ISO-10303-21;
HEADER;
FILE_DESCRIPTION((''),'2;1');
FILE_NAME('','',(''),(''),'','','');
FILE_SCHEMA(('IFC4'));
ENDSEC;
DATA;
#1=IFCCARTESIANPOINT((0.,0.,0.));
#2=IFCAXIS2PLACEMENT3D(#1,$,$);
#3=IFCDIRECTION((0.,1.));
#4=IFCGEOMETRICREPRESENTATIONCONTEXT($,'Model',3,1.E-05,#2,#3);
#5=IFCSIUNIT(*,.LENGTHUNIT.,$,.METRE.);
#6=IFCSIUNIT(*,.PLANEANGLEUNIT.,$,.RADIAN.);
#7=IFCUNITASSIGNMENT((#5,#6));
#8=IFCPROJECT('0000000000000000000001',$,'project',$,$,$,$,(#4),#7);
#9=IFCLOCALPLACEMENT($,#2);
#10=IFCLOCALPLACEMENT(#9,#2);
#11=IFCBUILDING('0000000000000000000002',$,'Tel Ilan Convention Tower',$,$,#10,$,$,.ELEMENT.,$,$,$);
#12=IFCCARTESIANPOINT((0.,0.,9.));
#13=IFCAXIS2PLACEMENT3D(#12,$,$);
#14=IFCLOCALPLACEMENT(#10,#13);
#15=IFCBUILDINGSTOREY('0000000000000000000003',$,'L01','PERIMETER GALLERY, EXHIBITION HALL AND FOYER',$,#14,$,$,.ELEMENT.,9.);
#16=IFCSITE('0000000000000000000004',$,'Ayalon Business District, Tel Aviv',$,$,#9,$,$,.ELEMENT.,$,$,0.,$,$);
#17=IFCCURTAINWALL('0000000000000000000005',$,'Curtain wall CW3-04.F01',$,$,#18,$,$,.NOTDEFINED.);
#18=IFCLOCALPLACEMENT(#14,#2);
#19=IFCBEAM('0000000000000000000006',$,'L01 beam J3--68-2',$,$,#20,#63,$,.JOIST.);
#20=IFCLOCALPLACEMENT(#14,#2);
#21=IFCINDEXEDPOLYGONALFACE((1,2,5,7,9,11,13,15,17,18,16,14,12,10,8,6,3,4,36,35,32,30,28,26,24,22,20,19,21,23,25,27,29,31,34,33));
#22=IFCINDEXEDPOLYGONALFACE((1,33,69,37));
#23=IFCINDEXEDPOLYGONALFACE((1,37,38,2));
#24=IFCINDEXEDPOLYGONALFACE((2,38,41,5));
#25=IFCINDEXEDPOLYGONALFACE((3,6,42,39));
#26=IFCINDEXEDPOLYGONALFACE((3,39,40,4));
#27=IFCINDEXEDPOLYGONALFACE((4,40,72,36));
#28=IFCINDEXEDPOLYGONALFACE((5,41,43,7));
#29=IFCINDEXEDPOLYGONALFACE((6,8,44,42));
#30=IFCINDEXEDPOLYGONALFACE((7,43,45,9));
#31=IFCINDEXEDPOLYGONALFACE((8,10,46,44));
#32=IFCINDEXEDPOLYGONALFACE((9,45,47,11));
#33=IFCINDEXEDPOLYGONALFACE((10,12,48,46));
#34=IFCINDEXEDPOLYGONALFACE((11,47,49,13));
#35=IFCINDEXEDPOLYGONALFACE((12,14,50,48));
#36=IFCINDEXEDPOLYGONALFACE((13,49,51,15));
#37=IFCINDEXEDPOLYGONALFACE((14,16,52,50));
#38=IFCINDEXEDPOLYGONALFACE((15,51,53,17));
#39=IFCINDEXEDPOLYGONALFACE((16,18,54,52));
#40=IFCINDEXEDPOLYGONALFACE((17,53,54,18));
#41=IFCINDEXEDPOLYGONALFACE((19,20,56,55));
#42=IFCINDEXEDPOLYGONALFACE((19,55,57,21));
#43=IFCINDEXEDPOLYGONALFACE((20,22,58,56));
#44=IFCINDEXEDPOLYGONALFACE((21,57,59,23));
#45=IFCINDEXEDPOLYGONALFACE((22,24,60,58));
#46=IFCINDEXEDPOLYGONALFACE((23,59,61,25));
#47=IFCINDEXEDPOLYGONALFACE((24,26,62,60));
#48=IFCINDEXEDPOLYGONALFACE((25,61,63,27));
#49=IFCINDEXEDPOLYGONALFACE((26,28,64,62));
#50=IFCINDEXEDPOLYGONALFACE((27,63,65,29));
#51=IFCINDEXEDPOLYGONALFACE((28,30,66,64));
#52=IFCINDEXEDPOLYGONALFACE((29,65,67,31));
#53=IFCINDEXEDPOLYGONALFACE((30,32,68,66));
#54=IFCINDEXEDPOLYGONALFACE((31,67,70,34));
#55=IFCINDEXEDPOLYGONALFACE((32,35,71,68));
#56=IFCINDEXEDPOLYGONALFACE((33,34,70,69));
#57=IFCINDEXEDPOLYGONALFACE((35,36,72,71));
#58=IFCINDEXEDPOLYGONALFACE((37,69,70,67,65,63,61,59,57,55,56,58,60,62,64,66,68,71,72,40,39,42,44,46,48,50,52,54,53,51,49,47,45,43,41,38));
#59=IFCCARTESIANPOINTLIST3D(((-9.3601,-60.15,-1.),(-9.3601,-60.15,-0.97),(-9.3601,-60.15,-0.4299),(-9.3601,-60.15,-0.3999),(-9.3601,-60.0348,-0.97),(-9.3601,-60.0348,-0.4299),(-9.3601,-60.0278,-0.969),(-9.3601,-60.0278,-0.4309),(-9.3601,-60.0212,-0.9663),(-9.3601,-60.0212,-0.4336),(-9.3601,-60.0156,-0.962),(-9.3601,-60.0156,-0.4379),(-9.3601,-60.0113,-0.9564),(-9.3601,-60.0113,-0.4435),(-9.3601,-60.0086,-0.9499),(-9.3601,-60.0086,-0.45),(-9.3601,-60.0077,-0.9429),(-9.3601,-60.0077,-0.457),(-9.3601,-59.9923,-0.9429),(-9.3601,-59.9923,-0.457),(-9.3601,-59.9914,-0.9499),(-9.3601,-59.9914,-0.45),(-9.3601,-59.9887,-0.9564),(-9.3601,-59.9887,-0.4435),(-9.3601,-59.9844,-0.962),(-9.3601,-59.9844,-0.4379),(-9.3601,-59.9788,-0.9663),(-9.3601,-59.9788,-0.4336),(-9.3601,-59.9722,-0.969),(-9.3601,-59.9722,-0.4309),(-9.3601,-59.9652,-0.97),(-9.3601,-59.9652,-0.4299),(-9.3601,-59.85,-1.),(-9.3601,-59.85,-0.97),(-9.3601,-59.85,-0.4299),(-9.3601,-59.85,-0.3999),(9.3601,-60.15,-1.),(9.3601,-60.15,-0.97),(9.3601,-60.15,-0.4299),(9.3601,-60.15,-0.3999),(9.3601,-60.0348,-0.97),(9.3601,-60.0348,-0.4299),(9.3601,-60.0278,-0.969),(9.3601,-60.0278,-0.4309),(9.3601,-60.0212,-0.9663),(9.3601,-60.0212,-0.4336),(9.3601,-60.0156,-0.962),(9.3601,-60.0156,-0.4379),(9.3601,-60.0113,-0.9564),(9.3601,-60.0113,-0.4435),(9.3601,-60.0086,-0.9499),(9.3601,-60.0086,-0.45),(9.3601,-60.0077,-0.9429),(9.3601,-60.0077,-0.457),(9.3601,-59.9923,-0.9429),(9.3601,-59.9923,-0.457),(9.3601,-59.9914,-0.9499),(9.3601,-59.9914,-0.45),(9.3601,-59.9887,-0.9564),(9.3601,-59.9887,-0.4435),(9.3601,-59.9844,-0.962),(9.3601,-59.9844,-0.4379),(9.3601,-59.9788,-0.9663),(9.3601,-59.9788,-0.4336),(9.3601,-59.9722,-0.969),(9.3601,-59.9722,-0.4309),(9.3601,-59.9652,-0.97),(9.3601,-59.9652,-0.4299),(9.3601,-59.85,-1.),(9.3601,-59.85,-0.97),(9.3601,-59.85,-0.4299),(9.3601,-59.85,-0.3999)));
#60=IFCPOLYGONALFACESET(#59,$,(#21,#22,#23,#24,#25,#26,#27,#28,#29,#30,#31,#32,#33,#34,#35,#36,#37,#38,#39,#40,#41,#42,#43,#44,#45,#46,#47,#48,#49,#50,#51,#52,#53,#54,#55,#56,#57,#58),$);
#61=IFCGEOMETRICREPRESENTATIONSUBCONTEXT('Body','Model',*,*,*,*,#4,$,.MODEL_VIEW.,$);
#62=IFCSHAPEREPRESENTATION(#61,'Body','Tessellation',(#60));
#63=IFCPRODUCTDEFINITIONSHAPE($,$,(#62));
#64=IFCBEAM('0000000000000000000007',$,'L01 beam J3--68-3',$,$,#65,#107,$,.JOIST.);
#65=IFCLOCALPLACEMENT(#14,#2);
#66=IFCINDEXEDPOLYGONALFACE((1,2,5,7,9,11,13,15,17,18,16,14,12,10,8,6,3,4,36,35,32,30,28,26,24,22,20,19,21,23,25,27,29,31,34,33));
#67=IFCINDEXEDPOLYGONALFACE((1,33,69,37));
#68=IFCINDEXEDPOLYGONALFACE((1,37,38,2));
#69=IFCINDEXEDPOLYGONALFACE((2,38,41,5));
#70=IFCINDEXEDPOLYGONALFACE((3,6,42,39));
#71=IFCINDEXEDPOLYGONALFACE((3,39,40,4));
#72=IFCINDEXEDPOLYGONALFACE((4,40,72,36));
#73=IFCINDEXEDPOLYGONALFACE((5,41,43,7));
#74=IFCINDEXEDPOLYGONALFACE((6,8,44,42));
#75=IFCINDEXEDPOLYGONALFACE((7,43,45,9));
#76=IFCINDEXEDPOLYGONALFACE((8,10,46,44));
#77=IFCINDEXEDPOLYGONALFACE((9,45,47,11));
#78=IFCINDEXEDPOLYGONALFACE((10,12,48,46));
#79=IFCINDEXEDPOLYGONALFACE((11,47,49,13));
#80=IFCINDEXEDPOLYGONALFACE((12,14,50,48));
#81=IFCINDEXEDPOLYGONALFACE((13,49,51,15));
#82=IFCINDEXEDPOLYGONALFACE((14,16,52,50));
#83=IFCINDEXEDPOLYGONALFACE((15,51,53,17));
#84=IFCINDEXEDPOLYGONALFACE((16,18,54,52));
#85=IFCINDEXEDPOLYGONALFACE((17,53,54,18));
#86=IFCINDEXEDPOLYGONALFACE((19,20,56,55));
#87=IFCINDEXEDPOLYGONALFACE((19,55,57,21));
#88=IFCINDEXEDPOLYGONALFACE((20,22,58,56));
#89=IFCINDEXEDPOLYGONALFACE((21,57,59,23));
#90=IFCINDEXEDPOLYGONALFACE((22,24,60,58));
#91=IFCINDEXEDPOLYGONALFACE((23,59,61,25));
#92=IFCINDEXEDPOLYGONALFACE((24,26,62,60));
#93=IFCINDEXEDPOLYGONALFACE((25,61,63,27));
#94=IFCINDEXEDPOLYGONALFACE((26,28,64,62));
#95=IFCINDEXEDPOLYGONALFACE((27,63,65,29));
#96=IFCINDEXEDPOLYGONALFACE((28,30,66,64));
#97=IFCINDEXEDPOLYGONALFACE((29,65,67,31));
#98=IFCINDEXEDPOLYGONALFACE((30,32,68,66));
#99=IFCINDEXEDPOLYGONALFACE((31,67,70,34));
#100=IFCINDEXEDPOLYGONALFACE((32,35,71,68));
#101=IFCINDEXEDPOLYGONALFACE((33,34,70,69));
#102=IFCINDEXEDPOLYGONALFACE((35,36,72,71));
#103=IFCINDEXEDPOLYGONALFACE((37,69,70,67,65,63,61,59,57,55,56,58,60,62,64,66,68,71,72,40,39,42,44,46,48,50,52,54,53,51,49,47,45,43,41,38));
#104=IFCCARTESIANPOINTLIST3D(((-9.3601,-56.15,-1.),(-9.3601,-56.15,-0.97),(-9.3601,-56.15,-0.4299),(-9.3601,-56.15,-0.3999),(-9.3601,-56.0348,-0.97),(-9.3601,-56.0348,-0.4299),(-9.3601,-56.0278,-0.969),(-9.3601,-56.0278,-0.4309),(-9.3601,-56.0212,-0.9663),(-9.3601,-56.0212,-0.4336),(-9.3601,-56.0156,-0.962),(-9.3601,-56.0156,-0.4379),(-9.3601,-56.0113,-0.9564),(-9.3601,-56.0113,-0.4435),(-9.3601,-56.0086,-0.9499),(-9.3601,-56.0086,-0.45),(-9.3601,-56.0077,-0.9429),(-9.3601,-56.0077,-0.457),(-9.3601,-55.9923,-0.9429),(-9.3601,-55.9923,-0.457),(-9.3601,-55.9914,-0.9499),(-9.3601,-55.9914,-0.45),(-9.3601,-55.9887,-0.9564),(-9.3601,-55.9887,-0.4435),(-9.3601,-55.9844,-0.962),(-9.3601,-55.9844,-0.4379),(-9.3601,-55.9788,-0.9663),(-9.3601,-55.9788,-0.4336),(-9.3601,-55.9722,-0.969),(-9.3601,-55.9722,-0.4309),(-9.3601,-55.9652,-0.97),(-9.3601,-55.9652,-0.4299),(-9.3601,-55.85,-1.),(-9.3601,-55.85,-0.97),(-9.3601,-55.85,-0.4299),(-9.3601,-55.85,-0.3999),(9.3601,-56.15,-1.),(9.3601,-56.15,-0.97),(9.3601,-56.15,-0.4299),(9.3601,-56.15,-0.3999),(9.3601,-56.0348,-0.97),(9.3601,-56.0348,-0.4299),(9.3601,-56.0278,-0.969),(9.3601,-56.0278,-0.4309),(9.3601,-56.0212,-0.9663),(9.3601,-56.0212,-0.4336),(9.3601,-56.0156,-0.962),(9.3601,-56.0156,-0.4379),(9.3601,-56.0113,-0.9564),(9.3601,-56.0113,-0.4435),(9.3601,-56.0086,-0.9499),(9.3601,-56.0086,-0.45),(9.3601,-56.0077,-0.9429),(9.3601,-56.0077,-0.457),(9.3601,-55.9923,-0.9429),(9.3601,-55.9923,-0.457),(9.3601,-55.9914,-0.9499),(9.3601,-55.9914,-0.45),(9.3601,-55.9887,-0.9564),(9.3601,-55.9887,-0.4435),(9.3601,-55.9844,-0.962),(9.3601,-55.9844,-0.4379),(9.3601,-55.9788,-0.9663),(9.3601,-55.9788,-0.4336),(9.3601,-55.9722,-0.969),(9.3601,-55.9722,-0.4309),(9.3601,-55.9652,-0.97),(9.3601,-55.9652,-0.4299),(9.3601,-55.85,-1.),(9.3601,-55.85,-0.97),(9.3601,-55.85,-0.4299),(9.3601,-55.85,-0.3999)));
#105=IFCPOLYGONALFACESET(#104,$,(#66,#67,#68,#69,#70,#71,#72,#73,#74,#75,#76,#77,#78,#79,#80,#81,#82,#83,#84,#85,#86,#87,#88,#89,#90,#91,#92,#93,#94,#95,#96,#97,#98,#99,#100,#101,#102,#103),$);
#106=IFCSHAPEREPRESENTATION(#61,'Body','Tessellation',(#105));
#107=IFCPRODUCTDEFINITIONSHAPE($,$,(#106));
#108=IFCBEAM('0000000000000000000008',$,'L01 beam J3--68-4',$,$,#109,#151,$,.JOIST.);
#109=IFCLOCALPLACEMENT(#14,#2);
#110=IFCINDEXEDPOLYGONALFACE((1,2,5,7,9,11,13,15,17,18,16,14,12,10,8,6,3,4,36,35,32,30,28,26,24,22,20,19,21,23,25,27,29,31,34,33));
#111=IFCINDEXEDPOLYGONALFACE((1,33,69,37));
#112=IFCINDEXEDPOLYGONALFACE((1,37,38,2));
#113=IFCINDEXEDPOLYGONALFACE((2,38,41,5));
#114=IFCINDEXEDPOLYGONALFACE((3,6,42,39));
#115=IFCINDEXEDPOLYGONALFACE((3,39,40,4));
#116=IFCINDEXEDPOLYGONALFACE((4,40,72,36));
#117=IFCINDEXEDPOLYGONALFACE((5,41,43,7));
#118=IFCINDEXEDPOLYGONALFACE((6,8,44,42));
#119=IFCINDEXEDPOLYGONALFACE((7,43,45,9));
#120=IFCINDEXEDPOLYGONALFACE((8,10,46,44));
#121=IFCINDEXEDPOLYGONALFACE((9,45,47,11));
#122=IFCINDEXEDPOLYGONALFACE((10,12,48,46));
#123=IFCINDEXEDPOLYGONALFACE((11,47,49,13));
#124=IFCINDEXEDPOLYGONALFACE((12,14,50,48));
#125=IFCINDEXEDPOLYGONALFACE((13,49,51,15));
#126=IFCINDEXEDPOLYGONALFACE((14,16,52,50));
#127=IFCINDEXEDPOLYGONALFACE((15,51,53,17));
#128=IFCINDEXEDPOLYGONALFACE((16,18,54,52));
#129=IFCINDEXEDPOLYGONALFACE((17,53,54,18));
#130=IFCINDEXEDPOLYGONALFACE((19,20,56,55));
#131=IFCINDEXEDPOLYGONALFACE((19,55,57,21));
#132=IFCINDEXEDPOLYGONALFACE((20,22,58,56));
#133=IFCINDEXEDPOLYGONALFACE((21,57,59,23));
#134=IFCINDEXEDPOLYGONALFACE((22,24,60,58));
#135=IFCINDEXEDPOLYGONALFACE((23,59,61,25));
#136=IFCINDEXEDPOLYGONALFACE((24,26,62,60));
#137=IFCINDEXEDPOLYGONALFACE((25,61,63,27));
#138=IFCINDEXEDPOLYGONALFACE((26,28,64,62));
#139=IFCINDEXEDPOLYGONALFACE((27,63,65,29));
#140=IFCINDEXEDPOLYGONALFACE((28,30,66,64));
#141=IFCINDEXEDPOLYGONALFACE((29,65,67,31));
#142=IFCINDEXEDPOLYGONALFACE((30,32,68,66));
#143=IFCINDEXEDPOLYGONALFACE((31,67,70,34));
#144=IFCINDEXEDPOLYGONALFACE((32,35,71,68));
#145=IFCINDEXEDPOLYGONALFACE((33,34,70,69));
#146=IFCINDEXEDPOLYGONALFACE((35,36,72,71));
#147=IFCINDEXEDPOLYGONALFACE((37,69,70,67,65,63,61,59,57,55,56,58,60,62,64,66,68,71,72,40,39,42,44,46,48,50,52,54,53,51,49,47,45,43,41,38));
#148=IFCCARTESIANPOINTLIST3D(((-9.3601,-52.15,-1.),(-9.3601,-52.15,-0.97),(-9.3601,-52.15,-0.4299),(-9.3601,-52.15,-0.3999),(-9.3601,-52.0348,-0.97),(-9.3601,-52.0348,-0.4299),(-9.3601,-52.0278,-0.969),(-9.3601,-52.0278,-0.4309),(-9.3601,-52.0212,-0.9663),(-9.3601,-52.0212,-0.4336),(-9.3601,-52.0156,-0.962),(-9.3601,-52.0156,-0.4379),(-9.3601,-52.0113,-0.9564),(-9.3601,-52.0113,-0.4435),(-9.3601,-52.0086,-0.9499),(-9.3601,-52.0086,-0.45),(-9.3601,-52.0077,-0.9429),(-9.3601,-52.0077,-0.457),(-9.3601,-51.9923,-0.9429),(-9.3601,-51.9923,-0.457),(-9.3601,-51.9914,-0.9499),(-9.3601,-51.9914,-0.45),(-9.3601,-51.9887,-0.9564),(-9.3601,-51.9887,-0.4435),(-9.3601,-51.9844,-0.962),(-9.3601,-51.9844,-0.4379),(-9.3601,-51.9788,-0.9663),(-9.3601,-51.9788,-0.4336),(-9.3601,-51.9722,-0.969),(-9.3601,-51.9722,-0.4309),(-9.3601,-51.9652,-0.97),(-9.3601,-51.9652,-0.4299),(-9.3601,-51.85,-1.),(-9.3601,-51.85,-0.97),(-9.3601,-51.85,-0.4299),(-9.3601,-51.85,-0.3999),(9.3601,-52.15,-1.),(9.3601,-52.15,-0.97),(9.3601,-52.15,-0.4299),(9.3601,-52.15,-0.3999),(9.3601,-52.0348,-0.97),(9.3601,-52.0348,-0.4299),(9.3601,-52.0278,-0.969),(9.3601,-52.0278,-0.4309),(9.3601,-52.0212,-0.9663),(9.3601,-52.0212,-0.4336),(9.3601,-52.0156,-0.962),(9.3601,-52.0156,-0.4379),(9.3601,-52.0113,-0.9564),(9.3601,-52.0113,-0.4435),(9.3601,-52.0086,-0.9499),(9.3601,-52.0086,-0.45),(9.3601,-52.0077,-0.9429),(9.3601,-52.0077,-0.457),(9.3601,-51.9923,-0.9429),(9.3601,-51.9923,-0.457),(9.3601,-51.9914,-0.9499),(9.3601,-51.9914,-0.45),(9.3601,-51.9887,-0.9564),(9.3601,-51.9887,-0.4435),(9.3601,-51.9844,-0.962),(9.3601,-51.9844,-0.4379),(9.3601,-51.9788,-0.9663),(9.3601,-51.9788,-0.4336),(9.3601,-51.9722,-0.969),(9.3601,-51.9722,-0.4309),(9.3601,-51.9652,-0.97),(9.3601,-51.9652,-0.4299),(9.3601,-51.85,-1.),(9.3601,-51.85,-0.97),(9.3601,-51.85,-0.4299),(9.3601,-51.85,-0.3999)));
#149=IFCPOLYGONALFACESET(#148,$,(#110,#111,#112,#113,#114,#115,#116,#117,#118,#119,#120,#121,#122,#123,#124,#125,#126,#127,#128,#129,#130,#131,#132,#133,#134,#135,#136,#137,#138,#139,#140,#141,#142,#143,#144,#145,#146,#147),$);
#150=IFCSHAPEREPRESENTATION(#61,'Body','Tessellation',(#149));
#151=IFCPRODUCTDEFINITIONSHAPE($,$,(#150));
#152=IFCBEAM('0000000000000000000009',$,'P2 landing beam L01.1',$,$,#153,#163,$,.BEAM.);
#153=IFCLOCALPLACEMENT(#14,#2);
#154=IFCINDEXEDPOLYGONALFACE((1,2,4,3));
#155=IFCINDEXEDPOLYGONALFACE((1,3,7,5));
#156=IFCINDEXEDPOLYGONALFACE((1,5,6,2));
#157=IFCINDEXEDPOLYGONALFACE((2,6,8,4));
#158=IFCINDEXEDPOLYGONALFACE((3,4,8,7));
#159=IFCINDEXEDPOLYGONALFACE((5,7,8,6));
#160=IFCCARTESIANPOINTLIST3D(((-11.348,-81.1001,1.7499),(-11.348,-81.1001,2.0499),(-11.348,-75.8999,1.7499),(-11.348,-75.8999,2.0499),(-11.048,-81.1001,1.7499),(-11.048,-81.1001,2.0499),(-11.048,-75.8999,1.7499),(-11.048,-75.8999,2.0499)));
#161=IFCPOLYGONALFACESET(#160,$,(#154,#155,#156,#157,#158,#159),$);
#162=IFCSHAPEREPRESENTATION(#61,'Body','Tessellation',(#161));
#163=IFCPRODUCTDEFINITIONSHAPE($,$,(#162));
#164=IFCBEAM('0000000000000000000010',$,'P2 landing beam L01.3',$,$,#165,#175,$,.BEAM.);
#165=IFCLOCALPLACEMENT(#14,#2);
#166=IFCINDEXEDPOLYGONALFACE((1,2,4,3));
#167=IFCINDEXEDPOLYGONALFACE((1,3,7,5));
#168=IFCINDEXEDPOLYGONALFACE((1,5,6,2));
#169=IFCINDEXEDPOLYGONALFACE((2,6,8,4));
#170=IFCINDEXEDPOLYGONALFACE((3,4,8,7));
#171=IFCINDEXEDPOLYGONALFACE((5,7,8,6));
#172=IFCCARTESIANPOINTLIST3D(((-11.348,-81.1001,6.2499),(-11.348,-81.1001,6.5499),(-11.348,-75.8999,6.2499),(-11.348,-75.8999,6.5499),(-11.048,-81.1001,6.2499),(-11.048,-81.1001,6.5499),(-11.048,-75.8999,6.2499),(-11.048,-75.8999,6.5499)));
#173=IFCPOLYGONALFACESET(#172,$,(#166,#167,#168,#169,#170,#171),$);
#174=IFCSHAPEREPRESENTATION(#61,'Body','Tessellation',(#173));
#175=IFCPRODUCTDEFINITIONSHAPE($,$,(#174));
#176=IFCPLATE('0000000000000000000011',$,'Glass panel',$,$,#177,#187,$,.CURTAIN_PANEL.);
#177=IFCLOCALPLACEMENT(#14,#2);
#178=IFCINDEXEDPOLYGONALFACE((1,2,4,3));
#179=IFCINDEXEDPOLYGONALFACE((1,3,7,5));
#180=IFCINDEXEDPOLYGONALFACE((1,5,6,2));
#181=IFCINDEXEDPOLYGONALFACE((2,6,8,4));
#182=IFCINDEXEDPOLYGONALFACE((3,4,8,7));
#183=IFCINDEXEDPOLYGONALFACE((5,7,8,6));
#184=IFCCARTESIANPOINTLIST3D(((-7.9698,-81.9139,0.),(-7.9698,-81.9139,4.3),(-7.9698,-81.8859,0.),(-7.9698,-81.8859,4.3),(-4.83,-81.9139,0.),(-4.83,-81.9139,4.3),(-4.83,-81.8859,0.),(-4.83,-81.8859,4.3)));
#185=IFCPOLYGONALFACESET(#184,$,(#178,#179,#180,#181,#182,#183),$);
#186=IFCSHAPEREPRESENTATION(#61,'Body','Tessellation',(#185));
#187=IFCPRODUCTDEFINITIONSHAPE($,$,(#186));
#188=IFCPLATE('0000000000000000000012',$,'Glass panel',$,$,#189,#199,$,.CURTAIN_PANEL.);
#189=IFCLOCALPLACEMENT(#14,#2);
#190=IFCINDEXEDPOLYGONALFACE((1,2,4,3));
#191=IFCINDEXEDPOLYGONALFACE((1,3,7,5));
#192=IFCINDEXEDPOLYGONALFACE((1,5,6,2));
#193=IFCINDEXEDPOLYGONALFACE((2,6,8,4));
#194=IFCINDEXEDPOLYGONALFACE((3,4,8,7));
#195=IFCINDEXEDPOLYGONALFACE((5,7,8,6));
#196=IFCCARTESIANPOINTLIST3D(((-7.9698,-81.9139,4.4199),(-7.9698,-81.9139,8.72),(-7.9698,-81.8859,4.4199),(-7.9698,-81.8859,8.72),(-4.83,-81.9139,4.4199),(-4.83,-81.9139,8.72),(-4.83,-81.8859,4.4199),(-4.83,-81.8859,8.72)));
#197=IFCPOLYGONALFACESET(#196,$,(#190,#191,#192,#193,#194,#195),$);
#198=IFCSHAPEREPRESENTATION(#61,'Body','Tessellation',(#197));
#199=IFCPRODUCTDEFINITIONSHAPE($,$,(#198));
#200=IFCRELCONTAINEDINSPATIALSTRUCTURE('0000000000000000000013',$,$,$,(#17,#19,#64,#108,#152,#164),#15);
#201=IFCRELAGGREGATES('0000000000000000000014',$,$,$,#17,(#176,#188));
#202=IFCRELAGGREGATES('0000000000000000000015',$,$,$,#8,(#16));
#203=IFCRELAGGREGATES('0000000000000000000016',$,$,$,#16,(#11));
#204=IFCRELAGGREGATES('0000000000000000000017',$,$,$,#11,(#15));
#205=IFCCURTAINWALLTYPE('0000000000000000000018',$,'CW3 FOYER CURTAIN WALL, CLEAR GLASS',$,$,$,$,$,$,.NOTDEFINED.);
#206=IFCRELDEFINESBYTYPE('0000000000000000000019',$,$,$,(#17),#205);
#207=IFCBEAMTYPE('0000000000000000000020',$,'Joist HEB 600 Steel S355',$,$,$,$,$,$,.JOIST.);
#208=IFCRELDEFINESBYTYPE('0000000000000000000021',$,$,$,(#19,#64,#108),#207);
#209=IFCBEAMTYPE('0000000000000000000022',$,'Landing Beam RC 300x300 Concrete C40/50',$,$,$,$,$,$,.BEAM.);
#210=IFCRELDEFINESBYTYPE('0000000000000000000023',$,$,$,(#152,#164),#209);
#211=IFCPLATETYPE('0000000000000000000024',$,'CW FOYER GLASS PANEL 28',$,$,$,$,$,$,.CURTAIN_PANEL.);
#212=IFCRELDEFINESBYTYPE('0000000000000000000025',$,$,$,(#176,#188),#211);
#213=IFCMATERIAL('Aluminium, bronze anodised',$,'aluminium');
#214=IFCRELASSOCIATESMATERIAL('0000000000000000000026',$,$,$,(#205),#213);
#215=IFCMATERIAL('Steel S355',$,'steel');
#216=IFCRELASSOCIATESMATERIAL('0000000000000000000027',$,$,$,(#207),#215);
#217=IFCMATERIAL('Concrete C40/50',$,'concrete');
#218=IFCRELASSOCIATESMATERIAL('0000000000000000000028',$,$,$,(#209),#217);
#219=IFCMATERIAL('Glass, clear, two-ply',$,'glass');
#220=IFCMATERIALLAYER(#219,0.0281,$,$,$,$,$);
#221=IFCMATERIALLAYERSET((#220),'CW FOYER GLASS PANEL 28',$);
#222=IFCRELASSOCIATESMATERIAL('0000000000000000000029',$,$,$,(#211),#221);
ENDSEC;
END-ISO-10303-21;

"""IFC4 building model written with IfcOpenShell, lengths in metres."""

from ifc_helpers import new_model, si_unit, direction, frame, origin, origin_2d, place, context, subcontext, project, spatial, rectangle, i_section, extrude, material, layer, layer_set, material_profile, profile_set, type_object, element, aggregate, save


model = new_model("IFC4")

# Units and contexts
model_context = context("Model", 3, precision=1e-05, world=origin(), true_north=direction((0.0, 1.0)))
body_context = subcontext(model_context, "Body", "Model", "MODEL_VIEW")
ifc_project = project(units=[si_unit("LENGTHUNIT", "METRE"), si_unit("PLANEANGLEUNIT", "RADIAN")], contexts=[model_context])

# Site, building, storey
site_placement = place(None, origin())
site = spatial("IfcSite", under=ifc_project, at=site_placement, Name="Ayalon Business District, Tel Aviv", CompositionType="ELEMENT", RefElevation=0.0)
building_placement = place(site_placement, origin())
building = spatial("IfcBuilding", under=site, at=building_placement, Name="Tel Ilan Convention Tower", CompositionType="ELEMENT")
storey_placement = place(building_placement, frame((0.0, 0.0, 9.0)))
storey = spatial("IfcBuildingStorey", under=building, at=storey_placement, Name="L01", Description="PERIMETER GALLERY, EXHIBITION HALL AND FOYER", CompositionType="ELEMENT", Elevation=9.0)

# Curtain wall
ifc_material_1 = material(Name="Aluminium, bronze anodised", Category="aluminium")
curtain_wall_type = type_object("IfcCurtainWallType", Name="CW3 FOYER CURTAIN WALL, CLEAR GLASS", PredefinedType="NOTDEFINED", material=ifc_material_1)
curtain_wall_placement = place(storey_placement, origin())
curtain_wall = element("IfcCurtainWall", 1, at=curtain_wall_placement, inside=storey, type_object=curtain_wall_type, Name="Curtain wall CW3-04.F01", PredefinedType="NOTDEFINED")

# Beams
ifc_material_2 = material(Name="Steel S355", Category="steel")
ifc_material_profile_1 = material_profile(ifc_material_2, i_section(OverallWidth=0.3, OverallDepth=0.6001, WebThickness=0.0154, FlangeThickness=0.03, FilletRadius=0.0271, at=origin_2d()), Name="HEB 600")
ifc_profile_set_1 = profile_set([ifc_material_profile_1], Name="Steel S355")
beam_type_1 = type_object("IfcBeamType", Name="Joist HEB 600 Steel S355", PredefinedType="JOIST", material=ifc_profile_set_1)
for number, where, z_axis, x_axis, name in (
    (2, (-9.3601, -60.0, -0.7), (1.0, 0.0, 0.0), (0.0, 1.0, 0.0), "L01 beam J3--68-2"),
    (3, (-9.3601, -56.0, -0.7), (1.0, 0.0, 0.0), (0.0, 1.0, 0.0), "L01 beam J3--68-3"),
    (4, (-9.3601, -52.0, -0.7), (1.0, 0.0, 0.0), (0.0, 1.0, 0.0), "L01 beam J3--68-4"),
):
    element("IfcBeam", number, at=place(storey_placement, frame(where, z_axis=z_axis, x_axis=x_axis)), inside=storey, type_object=beam_type_1, Name=name, PredefinedType="JOIST", context=body_context, shape_type="SweptSolid", body=[
        extrude(i_section(OverallWidth=0.3, OverallDepth=0.6001, WebThickness=0.0154, FlangeThickness=0.03, FilletRadius=0.0271, at=origin_2d()), origin(), (0.0, 0.0, 1.0), 18.7202),
    ])
ifc_material_3 = material(Name="Concrete C40/50", Category="concrete")
ifc_material_profile_2 = material_profile(ifc_material_3, rectangle(XDim=0.3, YDim=0.3, at=origin_2d()), Name="RC 300x300")
ifc_profile_set_2 = profile_set([ifc_material_profile_2], Name="Concrete C40/50")
beam_type_2 = type_object("IfcBeamType", Name="Landing Beam RC 300x300 Concrete C40/50", PredefinedType="BEAM", material=ifc_profile_set_2)
for number, where, z_axis, x_axis, name in (
    (5, (-11.198, -81.1001, 1.8999), (0.0, 1.0, 0.0), (-1.0, 0.0, 0.0), "P2 landing beam L01.1"),
    (6, (-11.198, -81.1001, 6.3999), (0.0, 1.0, 0.0), (-1.0, 0.0, 0.0), "P2 landing beam L01.3"),
):
    element("IfcBeam", number, at=place(storey_placement, frame(where, z_axis=z_axis, x_axis=x_axis)), inside=storey, type_object=beam_type_2, Name=name, PredefinedType="BEAM", context=body_context, shape_type="SweptSolid", body=[
        extrude(rectangle(XDim=0.3, YDim=0.3, at=origin_2d()), origin(), (0.0, 0.0, 1.0), 5.2002),
    ])

# Plates
ifc_material_4 = material(Name="Glass, clear, two-ply", Category="glass")
ifc_layer_1 = layer(ifc_material_4, 0.0281)
ifc_layer_set_1 = layer_set([ifc_layer_1], Name="CW FOYER GLASS PANEL 28")
plate_type = type_object("IfcPlateType", Name="CW FOYER GLASS PANEL 28", PredefinedType="CURTAIN_PANEL", material=ifc_layer_set_1)
plate_1_placement = place(storey_placement, frame((-6.3999, -81.8999, 0.0), z_axis=(0.0, 0.0, 1.0), x_axis=(1.0, 0.0, 0.0)))
plate_1 = element("IfcPlate", 7, at=plate_1_placement, type_object=plate_type, Name="Glass panel", PredefinedType="CURTAIN_PANEL", context=body_context, shape_type="SweptSolid", body=[
    extrude(rectangle(XDim=3.1399, YDim=0.0281, at=origin_2d()), origin(), (0.0, 0.0, 1.0), 4.3),
])
plate_2_placement = place(storey_placement, frame((-6.3999, -81.8999, 4.4199), z_axis=(0.0, 0.0, 1.0), x_axis=(1.0, 0.0, 0.0)))
plate_2 = element("IfcPlate", 8, at=plate_2_placement, type_object=plate_type, Name="Glass panel", PredefinedType="CURTAIN_PANEL", context=body_context, shape_type="SweptSolid", body=[
    extrude(rectangle(XDim=3.1399, YDim=0.0281, at=origin_2d()), origin(), (0.0, 0.0, 1.0), 4.3),
])
aggregate(curtain_wall, [plate_1, plate_2])

save(model, "model.ifc")
